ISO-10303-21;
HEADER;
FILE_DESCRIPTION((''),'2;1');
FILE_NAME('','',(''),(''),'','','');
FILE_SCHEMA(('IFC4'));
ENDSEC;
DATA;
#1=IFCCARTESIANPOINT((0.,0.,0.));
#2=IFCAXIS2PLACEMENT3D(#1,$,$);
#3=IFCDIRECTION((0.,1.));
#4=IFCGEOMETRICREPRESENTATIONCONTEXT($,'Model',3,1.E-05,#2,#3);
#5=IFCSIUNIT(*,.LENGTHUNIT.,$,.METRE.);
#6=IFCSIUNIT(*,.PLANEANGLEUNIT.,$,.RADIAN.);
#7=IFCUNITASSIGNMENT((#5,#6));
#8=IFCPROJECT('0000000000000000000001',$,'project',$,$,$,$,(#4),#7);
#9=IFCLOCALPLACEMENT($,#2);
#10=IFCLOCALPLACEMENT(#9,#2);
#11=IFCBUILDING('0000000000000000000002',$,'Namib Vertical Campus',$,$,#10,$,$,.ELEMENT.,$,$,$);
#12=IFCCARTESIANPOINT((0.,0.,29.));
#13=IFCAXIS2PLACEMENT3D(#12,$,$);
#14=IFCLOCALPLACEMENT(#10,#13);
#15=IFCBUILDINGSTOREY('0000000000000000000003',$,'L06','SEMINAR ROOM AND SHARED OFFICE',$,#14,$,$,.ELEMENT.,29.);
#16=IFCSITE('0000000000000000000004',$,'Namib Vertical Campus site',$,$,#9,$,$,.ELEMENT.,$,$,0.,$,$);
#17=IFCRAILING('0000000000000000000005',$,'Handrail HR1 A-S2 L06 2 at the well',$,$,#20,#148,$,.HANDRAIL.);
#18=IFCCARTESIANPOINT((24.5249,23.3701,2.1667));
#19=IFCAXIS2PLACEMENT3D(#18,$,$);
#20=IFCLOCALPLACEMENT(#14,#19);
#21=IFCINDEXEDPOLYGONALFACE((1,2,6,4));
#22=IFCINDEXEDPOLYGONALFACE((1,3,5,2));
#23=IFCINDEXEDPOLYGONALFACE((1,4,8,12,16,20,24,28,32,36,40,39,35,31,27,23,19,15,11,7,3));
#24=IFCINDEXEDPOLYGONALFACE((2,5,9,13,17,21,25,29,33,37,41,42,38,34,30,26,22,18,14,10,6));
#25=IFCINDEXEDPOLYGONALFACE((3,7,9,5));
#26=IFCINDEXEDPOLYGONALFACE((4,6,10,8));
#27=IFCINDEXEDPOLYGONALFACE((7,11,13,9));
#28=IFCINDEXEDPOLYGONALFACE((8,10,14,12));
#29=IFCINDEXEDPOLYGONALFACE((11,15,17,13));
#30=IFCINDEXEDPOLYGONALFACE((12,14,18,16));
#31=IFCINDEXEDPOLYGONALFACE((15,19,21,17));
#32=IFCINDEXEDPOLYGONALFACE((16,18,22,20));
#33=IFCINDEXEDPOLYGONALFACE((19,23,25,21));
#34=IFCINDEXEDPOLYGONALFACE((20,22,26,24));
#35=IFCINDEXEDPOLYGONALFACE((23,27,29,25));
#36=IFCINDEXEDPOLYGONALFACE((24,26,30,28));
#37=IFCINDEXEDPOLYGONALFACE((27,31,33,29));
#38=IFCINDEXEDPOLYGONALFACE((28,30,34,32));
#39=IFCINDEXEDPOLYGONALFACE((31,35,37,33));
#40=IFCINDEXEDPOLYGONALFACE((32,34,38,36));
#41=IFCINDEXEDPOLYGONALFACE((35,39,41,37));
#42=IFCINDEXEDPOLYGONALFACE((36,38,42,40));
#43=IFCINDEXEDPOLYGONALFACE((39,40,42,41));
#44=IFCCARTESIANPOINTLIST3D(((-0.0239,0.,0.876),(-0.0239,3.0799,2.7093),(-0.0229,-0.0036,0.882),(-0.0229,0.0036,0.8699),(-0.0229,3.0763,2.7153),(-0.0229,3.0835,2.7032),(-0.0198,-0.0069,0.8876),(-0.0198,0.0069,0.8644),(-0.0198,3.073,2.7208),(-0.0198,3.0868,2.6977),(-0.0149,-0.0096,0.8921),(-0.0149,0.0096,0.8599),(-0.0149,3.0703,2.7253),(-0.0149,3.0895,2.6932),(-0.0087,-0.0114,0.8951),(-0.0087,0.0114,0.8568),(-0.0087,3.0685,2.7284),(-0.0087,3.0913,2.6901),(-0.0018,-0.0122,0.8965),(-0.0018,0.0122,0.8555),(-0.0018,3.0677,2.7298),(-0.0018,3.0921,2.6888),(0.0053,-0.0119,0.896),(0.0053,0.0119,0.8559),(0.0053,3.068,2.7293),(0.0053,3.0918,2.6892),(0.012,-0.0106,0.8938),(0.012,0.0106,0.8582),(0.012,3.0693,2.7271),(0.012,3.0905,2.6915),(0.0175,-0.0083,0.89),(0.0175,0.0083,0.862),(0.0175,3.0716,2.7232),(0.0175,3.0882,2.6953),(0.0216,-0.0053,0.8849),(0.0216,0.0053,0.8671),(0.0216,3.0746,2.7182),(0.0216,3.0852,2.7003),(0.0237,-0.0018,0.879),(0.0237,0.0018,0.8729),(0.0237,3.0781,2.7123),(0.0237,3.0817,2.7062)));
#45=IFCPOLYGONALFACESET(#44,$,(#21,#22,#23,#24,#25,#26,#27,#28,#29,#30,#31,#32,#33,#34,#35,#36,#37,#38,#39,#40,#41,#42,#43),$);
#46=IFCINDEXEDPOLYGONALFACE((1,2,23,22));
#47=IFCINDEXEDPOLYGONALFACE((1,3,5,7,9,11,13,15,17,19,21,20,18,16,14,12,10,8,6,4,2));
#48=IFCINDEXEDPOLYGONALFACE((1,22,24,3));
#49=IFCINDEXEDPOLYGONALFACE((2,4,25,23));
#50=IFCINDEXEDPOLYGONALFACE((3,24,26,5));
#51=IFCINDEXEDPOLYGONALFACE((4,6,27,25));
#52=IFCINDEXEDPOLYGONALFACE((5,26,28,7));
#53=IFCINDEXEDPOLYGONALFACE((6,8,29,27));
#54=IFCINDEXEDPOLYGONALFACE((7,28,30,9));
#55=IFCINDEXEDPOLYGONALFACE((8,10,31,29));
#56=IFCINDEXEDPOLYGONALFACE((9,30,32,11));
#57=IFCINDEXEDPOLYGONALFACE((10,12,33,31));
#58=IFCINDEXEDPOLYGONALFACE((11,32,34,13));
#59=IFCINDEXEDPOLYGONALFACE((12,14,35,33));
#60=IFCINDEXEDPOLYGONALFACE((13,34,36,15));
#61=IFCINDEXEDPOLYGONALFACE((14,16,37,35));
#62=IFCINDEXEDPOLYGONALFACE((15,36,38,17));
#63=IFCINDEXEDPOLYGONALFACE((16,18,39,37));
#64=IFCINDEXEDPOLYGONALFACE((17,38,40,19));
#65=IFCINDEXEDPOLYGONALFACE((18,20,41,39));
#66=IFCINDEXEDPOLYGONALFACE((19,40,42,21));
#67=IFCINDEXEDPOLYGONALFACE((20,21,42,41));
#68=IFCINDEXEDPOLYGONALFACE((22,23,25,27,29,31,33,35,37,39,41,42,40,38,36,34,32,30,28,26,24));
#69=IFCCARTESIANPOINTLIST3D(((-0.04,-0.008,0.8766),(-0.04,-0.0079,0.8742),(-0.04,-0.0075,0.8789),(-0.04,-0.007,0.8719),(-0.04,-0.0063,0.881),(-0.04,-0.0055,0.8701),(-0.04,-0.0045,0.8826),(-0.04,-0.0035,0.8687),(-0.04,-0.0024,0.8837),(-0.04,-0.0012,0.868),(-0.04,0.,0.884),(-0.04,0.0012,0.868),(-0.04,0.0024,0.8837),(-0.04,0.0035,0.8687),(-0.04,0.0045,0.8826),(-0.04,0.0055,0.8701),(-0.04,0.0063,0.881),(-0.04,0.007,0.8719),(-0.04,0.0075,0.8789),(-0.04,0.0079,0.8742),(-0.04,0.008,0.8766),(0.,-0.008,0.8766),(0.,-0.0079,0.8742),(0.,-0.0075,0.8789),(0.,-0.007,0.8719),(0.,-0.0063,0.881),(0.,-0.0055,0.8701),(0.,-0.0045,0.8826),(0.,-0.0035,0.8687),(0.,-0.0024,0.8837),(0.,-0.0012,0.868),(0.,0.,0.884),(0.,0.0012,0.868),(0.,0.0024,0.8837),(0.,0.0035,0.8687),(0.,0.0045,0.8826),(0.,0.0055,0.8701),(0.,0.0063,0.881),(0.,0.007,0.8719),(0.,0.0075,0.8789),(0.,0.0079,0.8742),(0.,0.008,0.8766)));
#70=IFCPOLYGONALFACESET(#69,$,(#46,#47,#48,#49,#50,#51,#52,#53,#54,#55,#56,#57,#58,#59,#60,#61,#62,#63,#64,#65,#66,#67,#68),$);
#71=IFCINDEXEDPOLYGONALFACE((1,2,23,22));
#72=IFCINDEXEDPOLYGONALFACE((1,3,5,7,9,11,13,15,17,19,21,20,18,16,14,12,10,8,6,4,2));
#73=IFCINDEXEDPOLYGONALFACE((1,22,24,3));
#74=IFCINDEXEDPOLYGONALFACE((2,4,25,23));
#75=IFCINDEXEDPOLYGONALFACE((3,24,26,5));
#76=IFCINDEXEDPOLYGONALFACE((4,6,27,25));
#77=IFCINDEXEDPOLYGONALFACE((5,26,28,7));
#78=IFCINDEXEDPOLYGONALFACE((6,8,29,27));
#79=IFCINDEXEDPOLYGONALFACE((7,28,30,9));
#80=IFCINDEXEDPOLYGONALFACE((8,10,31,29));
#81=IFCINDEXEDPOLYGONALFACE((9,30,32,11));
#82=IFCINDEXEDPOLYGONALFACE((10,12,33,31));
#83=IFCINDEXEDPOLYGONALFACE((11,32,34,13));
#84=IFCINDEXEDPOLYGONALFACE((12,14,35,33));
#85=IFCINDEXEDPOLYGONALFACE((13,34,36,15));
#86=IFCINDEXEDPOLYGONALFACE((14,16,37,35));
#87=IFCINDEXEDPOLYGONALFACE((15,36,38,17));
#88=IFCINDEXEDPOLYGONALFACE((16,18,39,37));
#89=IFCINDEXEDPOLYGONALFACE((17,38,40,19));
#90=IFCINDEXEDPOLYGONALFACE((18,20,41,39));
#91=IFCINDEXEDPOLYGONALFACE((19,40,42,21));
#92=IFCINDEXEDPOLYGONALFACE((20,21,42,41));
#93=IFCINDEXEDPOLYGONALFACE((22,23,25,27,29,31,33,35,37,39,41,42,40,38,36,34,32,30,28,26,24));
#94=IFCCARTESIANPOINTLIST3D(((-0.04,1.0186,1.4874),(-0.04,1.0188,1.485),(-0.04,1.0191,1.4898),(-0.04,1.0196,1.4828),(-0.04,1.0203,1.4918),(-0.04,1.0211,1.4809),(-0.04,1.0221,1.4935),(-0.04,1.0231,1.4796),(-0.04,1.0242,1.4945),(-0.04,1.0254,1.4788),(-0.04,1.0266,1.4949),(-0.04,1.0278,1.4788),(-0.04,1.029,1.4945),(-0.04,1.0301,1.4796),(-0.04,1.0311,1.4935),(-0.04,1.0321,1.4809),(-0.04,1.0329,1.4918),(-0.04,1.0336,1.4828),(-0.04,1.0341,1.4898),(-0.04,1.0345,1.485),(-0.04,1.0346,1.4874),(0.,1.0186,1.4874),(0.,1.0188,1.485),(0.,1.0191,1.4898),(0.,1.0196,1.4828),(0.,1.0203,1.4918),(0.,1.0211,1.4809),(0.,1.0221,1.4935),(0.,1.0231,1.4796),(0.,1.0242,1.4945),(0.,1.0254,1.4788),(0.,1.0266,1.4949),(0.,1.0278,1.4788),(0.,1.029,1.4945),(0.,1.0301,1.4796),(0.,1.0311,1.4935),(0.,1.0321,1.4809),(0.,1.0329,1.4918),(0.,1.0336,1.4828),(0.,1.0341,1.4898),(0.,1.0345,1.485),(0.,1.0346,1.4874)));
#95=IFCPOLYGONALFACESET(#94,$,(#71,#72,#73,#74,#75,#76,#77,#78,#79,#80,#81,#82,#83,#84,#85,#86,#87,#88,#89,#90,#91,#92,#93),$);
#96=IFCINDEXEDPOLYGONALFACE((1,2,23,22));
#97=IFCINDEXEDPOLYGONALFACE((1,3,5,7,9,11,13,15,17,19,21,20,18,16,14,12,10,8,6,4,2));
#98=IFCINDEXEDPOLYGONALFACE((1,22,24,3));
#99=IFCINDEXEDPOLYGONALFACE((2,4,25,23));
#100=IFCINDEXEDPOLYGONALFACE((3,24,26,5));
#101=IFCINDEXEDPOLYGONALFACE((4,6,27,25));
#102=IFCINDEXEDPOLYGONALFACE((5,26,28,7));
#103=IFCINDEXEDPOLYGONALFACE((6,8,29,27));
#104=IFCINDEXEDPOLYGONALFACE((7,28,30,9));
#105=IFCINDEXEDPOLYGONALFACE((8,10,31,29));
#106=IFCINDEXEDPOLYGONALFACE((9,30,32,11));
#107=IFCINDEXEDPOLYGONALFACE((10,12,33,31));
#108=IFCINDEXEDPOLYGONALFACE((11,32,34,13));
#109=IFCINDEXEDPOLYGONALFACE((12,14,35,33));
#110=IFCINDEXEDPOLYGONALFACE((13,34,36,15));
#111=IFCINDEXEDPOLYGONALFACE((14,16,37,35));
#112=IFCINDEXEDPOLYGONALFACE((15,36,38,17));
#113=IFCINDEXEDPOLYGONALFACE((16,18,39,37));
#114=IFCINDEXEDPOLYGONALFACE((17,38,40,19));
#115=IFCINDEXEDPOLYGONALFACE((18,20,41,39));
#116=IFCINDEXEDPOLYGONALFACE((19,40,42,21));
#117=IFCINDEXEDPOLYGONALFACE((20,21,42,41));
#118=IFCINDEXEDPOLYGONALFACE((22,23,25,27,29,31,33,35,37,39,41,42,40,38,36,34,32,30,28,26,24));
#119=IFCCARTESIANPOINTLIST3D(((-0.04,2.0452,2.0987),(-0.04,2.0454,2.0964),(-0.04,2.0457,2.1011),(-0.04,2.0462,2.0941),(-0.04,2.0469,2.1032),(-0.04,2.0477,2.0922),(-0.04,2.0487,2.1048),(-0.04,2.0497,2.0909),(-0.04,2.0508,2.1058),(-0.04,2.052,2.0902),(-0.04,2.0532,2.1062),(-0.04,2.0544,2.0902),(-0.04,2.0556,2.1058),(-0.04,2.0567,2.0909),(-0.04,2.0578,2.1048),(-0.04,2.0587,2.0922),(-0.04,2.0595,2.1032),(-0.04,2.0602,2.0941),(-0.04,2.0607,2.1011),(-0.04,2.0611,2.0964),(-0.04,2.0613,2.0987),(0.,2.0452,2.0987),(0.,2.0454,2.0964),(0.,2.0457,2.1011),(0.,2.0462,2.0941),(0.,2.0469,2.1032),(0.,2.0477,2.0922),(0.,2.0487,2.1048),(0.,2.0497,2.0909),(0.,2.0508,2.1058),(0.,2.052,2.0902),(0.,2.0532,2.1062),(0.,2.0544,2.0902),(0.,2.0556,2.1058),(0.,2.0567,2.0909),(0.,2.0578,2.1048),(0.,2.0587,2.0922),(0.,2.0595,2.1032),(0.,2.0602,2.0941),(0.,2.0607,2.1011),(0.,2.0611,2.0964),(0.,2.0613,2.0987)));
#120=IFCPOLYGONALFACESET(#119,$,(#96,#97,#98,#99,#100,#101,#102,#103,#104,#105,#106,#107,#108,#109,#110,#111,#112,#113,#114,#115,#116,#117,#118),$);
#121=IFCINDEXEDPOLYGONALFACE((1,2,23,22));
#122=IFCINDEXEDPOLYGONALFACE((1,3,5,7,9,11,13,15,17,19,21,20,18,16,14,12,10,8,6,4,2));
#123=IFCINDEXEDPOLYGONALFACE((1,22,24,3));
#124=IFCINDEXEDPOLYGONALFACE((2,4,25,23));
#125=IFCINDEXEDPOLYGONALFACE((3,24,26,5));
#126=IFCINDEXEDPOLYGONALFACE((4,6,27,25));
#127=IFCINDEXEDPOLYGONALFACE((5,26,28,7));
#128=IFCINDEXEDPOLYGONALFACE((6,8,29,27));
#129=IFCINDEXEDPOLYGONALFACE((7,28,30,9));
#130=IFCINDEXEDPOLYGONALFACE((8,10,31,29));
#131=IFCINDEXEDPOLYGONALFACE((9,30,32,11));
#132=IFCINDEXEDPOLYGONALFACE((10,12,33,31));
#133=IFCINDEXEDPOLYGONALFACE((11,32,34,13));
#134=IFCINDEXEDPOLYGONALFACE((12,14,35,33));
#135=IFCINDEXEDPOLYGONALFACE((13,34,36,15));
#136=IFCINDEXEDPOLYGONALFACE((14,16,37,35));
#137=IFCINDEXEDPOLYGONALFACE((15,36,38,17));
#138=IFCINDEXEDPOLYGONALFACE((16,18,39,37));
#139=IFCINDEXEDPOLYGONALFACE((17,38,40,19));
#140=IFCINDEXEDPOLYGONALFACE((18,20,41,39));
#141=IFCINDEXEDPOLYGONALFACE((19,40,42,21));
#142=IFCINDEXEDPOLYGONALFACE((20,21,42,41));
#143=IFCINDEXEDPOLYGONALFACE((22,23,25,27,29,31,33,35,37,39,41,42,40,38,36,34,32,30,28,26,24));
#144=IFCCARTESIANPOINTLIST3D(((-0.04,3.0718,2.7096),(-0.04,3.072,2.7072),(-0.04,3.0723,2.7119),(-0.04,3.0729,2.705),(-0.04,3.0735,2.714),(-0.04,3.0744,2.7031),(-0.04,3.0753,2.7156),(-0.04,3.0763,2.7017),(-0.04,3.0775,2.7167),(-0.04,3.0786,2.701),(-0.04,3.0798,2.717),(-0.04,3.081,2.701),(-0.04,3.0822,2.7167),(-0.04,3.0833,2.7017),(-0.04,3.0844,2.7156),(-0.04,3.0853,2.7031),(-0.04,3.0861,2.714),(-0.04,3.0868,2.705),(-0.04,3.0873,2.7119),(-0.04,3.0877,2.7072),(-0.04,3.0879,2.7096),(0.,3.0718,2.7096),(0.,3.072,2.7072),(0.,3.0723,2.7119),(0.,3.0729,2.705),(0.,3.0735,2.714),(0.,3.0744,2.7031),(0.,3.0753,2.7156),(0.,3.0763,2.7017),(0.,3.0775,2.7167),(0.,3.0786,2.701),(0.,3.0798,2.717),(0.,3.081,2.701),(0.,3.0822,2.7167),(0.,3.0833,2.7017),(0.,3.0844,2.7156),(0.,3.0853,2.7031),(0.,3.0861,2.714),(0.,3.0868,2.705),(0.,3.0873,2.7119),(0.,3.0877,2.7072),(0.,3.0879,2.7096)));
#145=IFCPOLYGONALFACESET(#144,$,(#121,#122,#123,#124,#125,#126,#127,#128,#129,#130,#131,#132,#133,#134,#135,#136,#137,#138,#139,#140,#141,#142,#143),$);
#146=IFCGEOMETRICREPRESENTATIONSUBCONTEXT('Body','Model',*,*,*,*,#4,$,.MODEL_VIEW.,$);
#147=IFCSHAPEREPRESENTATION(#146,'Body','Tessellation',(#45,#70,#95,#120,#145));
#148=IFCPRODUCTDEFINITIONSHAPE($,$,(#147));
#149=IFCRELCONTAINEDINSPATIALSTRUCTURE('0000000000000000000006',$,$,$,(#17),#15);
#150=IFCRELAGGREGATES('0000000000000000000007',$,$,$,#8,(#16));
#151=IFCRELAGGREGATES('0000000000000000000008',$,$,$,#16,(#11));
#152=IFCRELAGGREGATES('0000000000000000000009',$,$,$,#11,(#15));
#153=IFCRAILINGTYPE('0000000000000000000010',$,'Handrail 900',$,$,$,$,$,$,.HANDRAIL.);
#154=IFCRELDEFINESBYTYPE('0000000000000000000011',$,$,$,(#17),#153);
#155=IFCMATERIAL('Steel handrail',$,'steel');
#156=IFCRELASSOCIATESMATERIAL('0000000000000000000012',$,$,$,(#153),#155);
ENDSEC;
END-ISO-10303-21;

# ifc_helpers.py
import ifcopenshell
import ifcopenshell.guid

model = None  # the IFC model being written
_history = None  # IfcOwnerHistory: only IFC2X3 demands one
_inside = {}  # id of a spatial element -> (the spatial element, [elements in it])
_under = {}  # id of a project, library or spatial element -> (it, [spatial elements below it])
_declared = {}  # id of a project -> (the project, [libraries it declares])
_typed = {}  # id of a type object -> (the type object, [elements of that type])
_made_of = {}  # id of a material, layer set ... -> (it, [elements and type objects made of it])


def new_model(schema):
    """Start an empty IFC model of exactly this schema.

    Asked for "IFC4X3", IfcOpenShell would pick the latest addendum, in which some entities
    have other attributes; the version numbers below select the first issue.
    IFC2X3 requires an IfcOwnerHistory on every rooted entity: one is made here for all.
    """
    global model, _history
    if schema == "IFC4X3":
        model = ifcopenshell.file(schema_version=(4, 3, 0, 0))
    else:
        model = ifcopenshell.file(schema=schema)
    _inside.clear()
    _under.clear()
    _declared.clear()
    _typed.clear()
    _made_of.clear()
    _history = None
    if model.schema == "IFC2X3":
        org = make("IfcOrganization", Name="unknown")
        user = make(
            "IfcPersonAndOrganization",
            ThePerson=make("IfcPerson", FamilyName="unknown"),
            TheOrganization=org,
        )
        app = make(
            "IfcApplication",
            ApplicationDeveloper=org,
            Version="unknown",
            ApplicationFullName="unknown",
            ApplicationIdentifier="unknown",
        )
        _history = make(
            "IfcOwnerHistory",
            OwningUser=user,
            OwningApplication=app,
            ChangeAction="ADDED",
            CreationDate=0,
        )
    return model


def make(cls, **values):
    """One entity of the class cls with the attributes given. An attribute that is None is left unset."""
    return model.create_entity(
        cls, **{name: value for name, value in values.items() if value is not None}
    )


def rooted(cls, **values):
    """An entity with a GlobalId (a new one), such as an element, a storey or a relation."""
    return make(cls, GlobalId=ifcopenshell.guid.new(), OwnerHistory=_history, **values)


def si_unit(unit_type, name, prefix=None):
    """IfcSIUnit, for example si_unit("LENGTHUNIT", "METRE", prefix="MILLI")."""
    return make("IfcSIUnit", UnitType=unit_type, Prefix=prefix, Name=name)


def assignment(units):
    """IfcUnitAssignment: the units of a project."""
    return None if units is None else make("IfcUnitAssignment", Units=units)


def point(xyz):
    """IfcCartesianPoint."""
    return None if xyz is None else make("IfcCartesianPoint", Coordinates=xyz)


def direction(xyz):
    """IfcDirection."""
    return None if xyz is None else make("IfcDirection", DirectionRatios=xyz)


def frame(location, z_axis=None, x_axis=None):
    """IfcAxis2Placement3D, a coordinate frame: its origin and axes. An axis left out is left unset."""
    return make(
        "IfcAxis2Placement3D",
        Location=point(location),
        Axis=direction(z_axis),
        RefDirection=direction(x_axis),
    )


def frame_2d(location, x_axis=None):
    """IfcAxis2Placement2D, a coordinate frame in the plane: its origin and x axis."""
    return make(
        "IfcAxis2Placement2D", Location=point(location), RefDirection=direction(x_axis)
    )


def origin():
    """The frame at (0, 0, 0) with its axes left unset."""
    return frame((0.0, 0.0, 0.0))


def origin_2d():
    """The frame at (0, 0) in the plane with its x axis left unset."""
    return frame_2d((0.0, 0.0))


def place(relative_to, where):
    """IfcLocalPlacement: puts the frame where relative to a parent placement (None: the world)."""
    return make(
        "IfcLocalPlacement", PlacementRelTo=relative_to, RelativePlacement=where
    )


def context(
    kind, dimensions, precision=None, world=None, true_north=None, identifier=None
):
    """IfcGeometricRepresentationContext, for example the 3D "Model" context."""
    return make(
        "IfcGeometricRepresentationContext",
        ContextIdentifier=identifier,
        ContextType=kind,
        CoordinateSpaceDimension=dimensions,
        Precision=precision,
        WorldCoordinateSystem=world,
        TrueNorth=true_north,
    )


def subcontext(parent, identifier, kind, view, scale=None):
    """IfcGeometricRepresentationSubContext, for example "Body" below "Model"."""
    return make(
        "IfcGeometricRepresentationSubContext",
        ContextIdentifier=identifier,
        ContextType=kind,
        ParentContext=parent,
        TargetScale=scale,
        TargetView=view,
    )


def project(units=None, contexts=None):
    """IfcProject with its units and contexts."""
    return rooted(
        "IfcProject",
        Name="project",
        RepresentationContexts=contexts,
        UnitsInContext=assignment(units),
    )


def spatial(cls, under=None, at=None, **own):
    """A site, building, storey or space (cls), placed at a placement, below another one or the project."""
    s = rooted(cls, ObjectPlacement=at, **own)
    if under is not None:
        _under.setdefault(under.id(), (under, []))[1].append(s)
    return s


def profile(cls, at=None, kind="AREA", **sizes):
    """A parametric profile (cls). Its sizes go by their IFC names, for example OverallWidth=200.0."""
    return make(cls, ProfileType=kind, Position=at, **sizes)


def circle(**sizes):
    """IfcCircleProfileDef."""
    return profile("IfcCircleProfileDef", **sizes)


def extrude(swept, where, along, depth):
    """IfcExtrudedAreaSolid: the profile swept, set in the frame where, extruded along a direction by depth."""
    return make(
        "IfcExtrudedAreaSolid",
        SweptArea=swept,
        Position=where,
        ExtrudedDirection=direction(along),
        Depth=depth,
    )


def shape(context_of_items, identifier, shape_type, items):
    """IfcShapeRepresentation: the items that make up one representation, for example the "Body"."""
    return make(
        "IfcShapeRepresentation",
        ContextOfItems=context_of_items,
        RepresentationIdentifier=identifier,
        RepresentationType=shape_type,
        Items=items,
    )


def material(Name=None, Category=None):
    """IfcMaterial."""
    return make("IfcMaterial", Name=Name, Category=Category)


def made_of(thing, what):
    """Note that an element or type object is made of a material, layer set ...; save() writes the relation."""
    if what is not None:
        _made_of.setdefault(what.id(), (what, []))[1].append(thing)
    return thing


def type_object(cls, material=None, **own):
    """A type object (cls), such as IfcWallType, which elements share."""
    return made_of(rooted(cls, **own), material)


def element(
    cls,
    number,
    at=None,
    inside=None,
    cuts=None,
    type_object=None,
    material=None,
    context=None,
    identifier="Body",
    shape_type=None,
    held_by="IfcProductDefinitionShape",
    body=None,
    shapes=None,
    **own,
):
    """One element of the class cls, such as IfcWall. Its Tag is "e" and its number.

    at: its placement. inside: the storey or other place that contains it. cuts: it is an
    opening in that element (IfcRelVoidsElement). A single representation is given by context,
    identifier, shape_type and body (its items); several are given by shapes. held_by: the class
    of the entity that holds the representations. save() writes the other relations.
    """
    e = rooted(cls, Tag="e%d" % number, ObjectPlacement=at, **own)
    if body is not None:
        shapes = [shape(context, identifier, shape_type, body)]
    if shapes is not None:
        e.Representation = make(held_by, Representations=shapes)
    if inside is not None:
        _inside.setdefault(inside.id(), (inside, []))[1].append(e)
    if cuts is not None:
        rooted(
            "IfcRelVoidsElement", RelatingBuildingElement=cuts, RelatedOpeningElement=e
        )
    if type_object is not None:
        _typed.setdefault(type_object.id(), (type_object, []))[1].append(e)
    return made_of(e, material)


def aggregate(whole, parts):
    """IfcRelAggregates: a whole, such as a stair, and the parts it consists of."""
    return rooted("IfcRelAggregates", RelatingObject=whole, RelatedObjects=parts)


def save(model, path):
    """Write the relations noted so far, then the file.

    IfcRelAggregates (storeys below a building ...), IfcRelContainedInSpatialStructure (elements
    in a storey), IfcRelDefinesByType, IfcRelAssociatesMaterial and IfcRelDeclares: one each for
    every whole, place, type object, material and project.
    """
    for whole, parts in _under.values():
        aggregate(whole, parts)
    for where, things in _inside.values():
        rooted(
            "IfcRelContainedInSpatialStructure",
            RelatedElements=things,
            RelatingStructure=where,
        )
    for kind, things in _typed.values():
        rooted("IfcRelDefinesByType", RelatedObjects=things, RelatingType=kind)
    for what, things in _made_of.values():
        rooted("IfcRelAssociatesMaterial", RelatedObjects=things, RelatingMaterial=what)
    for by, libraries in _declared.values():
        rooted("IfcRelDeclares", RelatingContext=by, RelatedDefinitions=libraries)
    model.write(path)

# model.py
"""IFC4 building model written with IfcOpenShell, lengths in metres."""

from ifc_helpers import new_model, si_unit, direction, frame, origin, origin_2d, place, context, subcontext, project, spatial, circle, extrude, material, type_object, element, save


model = new_model("IFC4")

# Units and contexts
model_context = context("Model", 3, precision=1e-05, world=origin(), true_north=direction((0.0, 1.0)))
body_context = subcontext(model_context, "Body", "Model", "MODEL_VIEW")
ifc_project = project(units=[si_unit("LENGTHUNIT", "METRE"), si_unit("PLANEANGLEUNIT", "RADIAN")], contexts=[model_context])

# Site, building, storey
site_placement = place(None, origin())
site = spatial("IfcSite", under=ifc_project, at=site_placement, Name="Namib Vertical Campus site", CompositionType="ELEMENT", RefElevation=0.0)
building_placement = place(site_placement, origin())
building = spatial("IfcBuilding", under=site, at=building_placement, Name="Namib Vertical Campus", CompositionType="ELEMENT")
storey_placement = place(building_placement, frame((0.0, 0.0, 29.0)))
storey = spatial("IfcBuildingStorey", under=building, at=storey_placement, Name="L06", Description="SEMINAR ROOM AND SHARED OFFICE", CompositionType="ELEMENT", Elevation=29.0)

# Railing
ifc_material_1 = material(Name="Steel handrail", Category="steel")
railing_type_1 = type_object("IfcRailingType", Name="Handrail 900", PredefinedType="HANDRAIL", material=ifc_material_1)
railing_1_placement = place(storey_placement, frame((24.5249, 23.3701, 2.1667)))
element("IfcRailing", 1, at=railing_1_placement, inside=storey, type_object=railing_type_1, Name="Handrail HR1 A-S2 L06 2 at the well", PredefinedType="HANDRAIL", context=body_context, shape_type="SweptSolid", body=[
    extrude(circle(Radius=0.0239, at=origin_2d()), frame((0.0, 0.0, 0.876), z_axis=(0.0, 0.859291, 0.511487), x_axis=(-1.0, 0.0, 0.0)), (0.0, 0.0, 1.0), 3.5842),
    extrude(circle(Radius=0.0081, at=origin_2d()), frame((0.0, 0.0, 0.876), z_axis=(-1.0, 0.0, 0.0), x_axis=(0.0, 0.0, 1.0)), (0.0, 0.0, 1.0), 0.04),
    extrude(circle(Radius=0.0081, at=origin_2d()), frame((0.0, 1.0266, 1.4868), z_axis=(-1.0, 0.0, 0.0), x_axis=(0.0, 0.0, 1.0)), (0.0, 0.0, 1.0), 0.04),
    extrude(circle(Radius=0.0081, at=origin_2d()), frame((0.0, 2.0532, 2.0981), z_axis=(-1.0, 0.0, 0.0), x_axis=(0.0, 0.0, 1.0)), (0.0, 0.0, 1.0), 0.04),
    extrude(circle(Radius=0.0081, at=origin_2d()), frame((0.0, 3.0798, 2.709), z_axis=(-1.0, 0.0, 0.0), x_axis=(0.0, 0.0, 1.0)), (0.0, 0.0, 1.0), 0.04),
])

save(model, "model.ifc")
